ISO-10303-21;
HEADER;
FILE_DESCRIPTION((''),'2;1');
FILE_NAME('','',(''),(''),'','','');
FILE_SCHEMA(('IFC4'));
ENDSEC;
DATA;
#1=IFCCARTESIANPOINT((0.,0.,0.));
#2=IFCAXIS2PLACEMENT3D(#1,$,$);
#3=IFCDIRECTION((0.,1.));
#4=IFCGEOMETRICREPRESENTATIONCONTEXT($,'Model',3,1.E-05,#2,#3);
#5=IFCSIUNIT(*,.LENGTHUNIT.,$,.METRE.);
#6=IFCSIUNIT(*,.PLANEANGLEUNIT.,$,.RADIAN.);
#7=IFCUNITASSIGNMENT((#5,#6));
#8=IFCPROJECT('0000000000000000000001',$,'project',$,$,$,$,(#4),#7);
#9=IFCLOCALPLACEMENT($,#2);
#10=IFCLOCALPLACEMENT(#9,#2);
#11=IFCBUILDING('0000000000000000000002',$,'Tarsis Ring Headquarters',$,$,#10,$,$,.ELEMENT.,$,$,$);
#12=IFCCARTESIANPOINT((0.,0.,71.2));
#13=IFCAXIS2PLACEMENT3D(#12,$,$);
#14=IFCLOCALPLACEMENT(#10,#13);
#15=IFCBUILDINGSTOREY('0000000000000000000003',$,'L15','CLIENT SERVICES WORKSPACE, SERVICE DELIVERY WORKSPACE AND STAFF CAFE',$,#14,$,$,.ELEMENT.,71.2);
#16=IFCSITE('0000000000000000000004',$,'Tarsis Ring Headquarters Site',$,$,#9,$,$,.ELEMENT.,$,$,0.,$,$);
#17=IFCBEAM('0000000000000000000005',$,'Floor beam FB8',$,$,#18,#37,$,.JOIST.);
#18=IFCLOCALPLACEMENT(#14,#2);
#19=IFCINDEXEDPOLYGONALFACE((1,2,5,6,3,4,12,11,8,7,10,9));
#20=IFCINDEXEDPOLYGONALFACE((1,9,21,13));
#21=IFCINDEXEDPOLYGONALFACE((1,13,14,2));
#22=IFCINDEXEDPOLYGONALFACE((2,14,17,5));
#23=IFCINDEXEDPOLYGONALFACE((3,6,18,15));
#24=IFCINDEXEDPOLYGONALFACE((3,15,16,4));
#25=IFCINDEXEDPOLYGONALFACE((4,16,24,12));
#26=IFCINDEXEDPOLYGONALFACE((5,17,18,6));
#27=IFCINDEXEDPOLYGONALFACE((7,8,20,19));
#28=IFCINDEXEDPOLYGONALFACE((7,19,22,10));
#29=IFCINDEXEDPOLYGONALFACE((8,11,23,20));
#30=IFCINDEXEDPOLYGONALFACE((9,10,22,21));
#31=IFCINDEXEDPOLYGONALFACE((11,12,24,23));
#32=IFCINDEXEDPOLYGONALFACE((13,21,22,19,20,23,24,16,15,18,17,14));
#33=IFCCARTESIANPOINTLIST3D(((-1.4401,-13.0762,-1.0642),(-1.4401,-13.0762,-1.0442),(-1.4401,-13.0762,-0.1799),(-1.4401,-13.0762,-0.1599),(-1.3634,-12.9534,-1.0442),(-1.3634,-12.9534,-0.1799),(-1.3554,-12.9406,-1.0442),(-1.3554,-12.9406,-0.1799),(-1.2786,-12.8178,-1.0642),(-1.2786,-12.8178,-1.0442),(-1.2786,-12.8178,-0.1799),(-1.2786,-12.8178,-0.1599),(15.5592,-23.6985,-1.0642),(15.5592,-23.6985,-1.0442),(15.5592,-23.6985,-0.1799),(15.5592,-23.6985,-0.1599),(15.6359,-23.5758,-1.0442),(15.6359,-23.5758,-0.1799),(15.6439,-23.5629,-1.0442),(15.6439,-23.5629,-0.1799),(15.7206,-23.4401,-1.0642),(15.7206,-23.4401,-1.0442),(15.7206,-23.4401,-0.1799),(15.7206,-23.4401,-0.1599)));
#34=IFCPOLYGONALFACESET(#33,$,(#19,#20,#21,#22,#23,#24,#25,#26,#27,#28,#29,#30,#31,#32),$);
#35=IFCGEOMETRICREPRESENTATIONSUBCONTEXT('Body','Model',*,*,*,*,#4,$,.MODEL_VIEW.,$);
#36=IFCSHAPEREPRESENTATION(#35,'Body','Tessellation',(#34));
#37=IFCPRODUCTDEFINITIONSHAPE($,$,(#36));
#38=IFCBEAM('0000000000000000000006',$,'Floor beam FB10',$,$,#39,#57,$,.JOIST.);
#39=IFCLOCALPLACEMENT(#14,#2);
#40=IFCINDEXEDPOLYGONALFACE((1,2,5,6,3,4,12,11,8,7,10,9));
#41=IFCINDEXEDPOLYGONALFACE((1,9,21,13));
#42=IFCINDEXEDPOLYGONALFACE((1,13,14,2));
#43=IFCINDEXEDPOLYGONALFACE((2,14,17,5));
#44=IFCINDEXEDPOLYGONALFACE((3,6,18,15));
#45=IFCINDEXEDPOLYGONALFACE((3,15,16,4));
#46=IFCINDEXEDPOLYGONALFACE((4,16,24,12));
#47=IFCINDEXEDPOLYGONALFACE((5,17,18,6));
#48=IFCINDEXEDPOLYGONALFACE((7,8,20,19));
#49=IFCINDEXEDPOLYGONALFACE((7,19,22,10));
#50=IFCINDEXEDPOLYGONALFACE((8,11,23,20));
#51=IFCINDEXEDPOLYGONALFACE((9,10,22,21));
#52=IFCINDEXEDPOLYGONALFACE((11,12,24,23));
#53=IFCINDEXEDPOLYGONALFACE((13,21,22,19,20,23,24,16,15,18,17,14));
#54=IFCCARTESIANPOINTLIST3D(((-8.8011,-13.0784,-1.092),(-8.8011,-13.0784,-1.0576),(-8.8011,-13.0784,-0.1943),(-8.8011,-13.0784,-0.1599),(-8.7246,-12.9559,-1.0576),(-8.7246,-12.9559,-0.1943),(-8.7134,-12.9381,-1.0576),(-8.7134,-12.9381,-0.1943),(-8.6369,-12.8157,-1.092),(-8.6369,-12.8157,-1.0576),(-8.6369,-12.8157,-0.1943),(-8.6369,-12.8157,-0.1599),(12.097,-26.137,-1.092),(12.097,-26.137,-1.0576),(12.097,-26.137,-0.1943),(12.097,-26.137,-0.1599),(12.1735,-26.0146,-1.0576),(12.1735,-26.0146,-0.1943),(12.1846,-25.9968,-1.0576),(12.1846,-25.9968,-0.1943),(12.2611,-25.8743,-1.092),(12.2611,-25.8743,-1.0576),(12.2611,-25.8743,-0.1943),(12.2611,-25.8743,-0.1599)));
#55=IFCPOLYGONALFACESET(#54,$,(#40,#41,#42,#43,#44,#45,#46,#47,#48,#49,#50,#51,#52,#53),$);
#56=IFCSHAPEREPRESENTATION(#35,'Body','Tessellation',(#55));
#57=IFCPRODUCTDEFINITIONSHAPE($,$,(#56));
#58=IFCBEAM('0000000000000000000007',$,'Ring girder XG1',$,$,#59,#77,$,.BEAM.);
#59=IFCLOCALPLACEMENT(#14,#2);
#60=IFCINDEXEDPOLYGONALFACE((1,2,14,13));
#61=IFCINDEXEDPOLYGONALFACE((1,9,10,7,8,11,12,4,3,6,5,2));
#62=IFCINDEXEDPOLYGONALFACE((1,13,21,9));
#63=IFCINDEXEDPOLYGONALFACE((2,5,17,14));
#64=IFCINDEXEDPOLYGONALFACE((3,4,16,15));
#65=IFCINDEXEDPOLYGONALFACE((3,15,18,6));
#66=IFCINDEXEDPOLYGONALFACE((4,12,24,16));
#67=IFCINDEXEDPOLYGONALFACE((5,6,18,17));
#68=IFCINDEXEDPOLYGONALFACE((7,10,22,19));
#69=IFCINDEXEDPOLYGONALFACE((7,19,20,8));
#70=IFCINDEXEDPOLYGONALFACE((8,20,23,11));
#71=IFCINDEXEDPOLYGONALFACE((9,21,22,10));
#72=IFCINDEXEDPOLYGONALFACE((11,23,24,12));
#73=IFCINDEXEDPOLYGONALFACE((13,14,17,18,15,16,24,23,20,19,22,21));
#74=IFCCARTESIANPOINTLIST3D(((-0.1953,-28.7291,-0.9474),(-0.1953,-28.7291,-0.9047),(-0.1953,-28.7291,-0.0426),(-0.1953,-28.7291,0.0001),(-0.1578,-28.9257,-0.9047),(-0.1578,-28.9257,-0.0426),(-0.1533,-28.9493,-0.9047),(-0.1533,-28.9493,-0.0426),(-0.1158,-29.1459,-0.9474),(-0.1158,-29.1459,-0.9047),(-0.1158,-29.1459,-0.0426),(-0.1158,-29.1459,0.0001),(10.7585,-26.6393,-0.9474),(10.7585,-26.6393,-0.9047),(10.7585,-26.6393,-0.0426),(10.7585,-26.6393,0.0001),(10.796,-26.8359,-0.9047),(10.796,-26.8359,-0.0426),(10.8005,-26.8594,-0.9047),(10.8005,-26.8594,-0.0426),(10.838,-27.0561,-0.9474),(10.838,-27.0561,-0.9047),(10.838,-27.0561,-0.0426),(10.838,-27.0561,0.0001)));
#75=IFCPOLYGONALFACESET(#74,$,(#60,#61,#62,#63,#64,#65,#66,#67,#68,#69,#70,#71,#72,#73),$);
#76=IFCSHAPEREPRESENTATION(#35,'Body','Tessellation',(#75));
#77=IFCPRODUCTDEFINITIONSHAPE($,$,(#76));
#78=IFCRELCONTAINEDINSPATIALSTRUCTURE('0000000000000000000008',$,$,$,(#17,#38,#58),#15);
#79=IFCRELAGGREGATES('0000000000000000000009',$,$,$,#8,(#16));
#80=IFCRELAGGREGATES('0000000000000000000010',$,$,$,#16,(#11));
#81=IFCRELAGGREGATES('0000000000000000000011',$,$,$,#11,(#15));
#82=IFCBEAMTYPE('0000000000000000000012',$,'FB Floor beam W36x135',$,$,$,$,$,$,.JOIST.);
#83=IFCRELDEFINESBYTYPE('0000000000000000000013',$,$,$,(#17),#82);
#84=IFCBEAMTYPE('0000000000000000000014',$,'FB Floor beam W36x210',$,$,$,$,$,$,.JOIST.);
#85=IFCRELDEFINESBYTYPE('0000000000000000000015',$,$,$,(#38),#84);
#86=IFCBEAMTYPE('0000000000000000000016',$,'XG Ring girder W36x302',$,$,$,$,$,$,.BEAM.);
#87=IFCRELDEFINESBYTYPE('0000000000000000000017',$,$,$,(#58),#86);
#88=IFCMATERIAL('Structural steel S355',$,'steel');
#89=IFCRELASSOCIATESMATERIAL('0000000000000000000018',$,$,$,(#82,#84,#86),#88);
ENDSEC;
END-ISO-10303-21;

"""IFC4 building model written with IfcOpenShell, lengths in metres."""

from ifc_helpers import new_model, si_unit, direction, frame, origin, origin_2d, place, context, subcontext, project, spatial, i_section, extrude, material, material_profile, profile_set, type_object, element, save


model = new_model("IFC4")

# Units and contexts
model_context = context("Model", 3, precision=1e-05, world=origin(), true_north=direction((0.0, 1.0)))
body_context = subcontext(model_context, "Body", "Model", "MODEL_VIEW")
ifc_project = project(units=[si_unit("LENGTHUNIT", "METRE"), si_unit("PLANEANGLEUNIT", "RADIAN")], contexts=[model_context])

# Site, building, storey
site_placement = place(None, origin())
site = spatial("IfcSite", under=ifc_project, at=site_placement, Name="Tarsis Ring Headquarters Site", CompositionType="ELEMENT", RefElevation=0.0)
building_placement = place(site_placement, origin())
building = spatial("IfcBuilding", under=site, at=building_placement, Name="Tarsis Ring Headquarters", CompositionType="ELEMENT")
storey_placement = place(building_placement, frame((0.0, 0.0, 71.2)))
storey = spatial("IfcBuildingStorey", under=building, at=storey_placement, Name="L15", Description="CLIENT SERVICES WORKSPACE, SERVICE DELIVERY WORKSPACE AND STAFF CAFE", CompositionType="ELEMENT", Elevation=71.2)

# Beams
ifc_material_1 = material(Name="Structural steel S355", Category="steel")
ifc_material_profile_1 = material_profile(ifc_material_1, i_section(OverallWidth=0.3047, OverallDepth=0.9043, WebThickness=0.0151, FlangeThickness=0.02, at=origin_2d()), Name="W36x135")
ifc_profile_set_1 = profile_set([ifc_material_profile_1], Name="Structural steel S355")
beam_type_1 = type_object("IfcBeamType", Name="FB Floor beam W36x135", PredefinedType="JOIST", material=ifc_profile_set_1)
beam_1_placement = place(storey_placement, frame((-1.3594, -12.947, -0.6121), z_axis=(0.848048, -0.529919, 0.0), x_axis=(0.529919, 0.848048, 0.0)))
element("IfcBeam", 1, at=beam_1_placement, inside=storey, type_object=beam_type_1, Name="Floor beam FB8", PredefinedType="JOIST", context=body_context, shape_type="SweptSolid", body=[
    extrude(i_section(OverallWidth=0.3047, OverallDepth=0.9043, WebThickness=0.0151, FlangeThickness=0.02, at=origin_2d()), origin(), (0.0, 0.0, 1.0), 20.0452),
])
ifc_material_profile_2 = material_profile(ifc_material_1, i_section(OverallWidth=0.3098, OverallDepth=0.9321, WebThickness=0.021, FlangeThickness=0.0344, at=origin_2d()), Name="W36x210")
ifc_profile_set_2 = profile_set([ifc_material_profile_2], Name="Structural steel S355")
beam_type_2 = type_object("IfcBeamType", Name="FB Floor beam W36x210", PredefinedType="JOIST", material=ifc_profile_set_2)
beam_2_placement = place(storey_placement, frame((-8.719, -12.947, -0.626), z_axis=(0.848046, -0.529922, 0.0), x_axis=(0.529922, 0.848046, 0.0)))
element("IfcBeam", 2, at=beam_2_placement, inside=storey, type_object=beam_type_2, Name="Floor beam FB10", PredefinedType="JOIST", context=body_context, shape_type="SweptSolid", body=[
    extrude(i_section(OverallWidth=0.3098, OverallDepth=0.9321, WebThickness=0.021, FlangeThickness=0.0344, at=origin_2d()), origin(), (0.0, 0.0, 1.0), 24.6426),
])
ifc_material_profile_3 = material_profile(ifc_material_1, i_section(OverallWidth=0.4243, OverallDepth=0.9475, WebThickness=0.0239, FlangeThickness=0.0427, at=origin_2d()), Name="W36x302")
ifc_profile_set_3 = profile_set([ifc_material_profile_3], Name="Structural steel S355")
beam_type_3 = type_object("IfcBeamType", Name="XG Ring girder W36x302", PredefinedType="BEAM", material=ifc_profile_set_3)
beam_3_placement = place(storey_placement, frame((-0.1555, -28.9375, -0.4736), z_axis=(0.982283, 0.187406, 0.0), x_axis=(-0.187406, 0.982283, 0.0)))
element("IfcBeam", 3, at=beam_3_placement, inside=storey, type_object=beam_type_3, Name="Ring girder XG1", PredefinedType="BEAM", context=body_context, shape_type="SweptSolid", body=[
    extrude(i_section(OverallWidth=0.4243, OverallDepth=0.9475, WebThickness=0.0239, FlangeThickness=0.0427, at=origin_2d()), origin(), (0.0, 0.0, 1.0), 11.1514),
])

save(model, "model.ifc")
